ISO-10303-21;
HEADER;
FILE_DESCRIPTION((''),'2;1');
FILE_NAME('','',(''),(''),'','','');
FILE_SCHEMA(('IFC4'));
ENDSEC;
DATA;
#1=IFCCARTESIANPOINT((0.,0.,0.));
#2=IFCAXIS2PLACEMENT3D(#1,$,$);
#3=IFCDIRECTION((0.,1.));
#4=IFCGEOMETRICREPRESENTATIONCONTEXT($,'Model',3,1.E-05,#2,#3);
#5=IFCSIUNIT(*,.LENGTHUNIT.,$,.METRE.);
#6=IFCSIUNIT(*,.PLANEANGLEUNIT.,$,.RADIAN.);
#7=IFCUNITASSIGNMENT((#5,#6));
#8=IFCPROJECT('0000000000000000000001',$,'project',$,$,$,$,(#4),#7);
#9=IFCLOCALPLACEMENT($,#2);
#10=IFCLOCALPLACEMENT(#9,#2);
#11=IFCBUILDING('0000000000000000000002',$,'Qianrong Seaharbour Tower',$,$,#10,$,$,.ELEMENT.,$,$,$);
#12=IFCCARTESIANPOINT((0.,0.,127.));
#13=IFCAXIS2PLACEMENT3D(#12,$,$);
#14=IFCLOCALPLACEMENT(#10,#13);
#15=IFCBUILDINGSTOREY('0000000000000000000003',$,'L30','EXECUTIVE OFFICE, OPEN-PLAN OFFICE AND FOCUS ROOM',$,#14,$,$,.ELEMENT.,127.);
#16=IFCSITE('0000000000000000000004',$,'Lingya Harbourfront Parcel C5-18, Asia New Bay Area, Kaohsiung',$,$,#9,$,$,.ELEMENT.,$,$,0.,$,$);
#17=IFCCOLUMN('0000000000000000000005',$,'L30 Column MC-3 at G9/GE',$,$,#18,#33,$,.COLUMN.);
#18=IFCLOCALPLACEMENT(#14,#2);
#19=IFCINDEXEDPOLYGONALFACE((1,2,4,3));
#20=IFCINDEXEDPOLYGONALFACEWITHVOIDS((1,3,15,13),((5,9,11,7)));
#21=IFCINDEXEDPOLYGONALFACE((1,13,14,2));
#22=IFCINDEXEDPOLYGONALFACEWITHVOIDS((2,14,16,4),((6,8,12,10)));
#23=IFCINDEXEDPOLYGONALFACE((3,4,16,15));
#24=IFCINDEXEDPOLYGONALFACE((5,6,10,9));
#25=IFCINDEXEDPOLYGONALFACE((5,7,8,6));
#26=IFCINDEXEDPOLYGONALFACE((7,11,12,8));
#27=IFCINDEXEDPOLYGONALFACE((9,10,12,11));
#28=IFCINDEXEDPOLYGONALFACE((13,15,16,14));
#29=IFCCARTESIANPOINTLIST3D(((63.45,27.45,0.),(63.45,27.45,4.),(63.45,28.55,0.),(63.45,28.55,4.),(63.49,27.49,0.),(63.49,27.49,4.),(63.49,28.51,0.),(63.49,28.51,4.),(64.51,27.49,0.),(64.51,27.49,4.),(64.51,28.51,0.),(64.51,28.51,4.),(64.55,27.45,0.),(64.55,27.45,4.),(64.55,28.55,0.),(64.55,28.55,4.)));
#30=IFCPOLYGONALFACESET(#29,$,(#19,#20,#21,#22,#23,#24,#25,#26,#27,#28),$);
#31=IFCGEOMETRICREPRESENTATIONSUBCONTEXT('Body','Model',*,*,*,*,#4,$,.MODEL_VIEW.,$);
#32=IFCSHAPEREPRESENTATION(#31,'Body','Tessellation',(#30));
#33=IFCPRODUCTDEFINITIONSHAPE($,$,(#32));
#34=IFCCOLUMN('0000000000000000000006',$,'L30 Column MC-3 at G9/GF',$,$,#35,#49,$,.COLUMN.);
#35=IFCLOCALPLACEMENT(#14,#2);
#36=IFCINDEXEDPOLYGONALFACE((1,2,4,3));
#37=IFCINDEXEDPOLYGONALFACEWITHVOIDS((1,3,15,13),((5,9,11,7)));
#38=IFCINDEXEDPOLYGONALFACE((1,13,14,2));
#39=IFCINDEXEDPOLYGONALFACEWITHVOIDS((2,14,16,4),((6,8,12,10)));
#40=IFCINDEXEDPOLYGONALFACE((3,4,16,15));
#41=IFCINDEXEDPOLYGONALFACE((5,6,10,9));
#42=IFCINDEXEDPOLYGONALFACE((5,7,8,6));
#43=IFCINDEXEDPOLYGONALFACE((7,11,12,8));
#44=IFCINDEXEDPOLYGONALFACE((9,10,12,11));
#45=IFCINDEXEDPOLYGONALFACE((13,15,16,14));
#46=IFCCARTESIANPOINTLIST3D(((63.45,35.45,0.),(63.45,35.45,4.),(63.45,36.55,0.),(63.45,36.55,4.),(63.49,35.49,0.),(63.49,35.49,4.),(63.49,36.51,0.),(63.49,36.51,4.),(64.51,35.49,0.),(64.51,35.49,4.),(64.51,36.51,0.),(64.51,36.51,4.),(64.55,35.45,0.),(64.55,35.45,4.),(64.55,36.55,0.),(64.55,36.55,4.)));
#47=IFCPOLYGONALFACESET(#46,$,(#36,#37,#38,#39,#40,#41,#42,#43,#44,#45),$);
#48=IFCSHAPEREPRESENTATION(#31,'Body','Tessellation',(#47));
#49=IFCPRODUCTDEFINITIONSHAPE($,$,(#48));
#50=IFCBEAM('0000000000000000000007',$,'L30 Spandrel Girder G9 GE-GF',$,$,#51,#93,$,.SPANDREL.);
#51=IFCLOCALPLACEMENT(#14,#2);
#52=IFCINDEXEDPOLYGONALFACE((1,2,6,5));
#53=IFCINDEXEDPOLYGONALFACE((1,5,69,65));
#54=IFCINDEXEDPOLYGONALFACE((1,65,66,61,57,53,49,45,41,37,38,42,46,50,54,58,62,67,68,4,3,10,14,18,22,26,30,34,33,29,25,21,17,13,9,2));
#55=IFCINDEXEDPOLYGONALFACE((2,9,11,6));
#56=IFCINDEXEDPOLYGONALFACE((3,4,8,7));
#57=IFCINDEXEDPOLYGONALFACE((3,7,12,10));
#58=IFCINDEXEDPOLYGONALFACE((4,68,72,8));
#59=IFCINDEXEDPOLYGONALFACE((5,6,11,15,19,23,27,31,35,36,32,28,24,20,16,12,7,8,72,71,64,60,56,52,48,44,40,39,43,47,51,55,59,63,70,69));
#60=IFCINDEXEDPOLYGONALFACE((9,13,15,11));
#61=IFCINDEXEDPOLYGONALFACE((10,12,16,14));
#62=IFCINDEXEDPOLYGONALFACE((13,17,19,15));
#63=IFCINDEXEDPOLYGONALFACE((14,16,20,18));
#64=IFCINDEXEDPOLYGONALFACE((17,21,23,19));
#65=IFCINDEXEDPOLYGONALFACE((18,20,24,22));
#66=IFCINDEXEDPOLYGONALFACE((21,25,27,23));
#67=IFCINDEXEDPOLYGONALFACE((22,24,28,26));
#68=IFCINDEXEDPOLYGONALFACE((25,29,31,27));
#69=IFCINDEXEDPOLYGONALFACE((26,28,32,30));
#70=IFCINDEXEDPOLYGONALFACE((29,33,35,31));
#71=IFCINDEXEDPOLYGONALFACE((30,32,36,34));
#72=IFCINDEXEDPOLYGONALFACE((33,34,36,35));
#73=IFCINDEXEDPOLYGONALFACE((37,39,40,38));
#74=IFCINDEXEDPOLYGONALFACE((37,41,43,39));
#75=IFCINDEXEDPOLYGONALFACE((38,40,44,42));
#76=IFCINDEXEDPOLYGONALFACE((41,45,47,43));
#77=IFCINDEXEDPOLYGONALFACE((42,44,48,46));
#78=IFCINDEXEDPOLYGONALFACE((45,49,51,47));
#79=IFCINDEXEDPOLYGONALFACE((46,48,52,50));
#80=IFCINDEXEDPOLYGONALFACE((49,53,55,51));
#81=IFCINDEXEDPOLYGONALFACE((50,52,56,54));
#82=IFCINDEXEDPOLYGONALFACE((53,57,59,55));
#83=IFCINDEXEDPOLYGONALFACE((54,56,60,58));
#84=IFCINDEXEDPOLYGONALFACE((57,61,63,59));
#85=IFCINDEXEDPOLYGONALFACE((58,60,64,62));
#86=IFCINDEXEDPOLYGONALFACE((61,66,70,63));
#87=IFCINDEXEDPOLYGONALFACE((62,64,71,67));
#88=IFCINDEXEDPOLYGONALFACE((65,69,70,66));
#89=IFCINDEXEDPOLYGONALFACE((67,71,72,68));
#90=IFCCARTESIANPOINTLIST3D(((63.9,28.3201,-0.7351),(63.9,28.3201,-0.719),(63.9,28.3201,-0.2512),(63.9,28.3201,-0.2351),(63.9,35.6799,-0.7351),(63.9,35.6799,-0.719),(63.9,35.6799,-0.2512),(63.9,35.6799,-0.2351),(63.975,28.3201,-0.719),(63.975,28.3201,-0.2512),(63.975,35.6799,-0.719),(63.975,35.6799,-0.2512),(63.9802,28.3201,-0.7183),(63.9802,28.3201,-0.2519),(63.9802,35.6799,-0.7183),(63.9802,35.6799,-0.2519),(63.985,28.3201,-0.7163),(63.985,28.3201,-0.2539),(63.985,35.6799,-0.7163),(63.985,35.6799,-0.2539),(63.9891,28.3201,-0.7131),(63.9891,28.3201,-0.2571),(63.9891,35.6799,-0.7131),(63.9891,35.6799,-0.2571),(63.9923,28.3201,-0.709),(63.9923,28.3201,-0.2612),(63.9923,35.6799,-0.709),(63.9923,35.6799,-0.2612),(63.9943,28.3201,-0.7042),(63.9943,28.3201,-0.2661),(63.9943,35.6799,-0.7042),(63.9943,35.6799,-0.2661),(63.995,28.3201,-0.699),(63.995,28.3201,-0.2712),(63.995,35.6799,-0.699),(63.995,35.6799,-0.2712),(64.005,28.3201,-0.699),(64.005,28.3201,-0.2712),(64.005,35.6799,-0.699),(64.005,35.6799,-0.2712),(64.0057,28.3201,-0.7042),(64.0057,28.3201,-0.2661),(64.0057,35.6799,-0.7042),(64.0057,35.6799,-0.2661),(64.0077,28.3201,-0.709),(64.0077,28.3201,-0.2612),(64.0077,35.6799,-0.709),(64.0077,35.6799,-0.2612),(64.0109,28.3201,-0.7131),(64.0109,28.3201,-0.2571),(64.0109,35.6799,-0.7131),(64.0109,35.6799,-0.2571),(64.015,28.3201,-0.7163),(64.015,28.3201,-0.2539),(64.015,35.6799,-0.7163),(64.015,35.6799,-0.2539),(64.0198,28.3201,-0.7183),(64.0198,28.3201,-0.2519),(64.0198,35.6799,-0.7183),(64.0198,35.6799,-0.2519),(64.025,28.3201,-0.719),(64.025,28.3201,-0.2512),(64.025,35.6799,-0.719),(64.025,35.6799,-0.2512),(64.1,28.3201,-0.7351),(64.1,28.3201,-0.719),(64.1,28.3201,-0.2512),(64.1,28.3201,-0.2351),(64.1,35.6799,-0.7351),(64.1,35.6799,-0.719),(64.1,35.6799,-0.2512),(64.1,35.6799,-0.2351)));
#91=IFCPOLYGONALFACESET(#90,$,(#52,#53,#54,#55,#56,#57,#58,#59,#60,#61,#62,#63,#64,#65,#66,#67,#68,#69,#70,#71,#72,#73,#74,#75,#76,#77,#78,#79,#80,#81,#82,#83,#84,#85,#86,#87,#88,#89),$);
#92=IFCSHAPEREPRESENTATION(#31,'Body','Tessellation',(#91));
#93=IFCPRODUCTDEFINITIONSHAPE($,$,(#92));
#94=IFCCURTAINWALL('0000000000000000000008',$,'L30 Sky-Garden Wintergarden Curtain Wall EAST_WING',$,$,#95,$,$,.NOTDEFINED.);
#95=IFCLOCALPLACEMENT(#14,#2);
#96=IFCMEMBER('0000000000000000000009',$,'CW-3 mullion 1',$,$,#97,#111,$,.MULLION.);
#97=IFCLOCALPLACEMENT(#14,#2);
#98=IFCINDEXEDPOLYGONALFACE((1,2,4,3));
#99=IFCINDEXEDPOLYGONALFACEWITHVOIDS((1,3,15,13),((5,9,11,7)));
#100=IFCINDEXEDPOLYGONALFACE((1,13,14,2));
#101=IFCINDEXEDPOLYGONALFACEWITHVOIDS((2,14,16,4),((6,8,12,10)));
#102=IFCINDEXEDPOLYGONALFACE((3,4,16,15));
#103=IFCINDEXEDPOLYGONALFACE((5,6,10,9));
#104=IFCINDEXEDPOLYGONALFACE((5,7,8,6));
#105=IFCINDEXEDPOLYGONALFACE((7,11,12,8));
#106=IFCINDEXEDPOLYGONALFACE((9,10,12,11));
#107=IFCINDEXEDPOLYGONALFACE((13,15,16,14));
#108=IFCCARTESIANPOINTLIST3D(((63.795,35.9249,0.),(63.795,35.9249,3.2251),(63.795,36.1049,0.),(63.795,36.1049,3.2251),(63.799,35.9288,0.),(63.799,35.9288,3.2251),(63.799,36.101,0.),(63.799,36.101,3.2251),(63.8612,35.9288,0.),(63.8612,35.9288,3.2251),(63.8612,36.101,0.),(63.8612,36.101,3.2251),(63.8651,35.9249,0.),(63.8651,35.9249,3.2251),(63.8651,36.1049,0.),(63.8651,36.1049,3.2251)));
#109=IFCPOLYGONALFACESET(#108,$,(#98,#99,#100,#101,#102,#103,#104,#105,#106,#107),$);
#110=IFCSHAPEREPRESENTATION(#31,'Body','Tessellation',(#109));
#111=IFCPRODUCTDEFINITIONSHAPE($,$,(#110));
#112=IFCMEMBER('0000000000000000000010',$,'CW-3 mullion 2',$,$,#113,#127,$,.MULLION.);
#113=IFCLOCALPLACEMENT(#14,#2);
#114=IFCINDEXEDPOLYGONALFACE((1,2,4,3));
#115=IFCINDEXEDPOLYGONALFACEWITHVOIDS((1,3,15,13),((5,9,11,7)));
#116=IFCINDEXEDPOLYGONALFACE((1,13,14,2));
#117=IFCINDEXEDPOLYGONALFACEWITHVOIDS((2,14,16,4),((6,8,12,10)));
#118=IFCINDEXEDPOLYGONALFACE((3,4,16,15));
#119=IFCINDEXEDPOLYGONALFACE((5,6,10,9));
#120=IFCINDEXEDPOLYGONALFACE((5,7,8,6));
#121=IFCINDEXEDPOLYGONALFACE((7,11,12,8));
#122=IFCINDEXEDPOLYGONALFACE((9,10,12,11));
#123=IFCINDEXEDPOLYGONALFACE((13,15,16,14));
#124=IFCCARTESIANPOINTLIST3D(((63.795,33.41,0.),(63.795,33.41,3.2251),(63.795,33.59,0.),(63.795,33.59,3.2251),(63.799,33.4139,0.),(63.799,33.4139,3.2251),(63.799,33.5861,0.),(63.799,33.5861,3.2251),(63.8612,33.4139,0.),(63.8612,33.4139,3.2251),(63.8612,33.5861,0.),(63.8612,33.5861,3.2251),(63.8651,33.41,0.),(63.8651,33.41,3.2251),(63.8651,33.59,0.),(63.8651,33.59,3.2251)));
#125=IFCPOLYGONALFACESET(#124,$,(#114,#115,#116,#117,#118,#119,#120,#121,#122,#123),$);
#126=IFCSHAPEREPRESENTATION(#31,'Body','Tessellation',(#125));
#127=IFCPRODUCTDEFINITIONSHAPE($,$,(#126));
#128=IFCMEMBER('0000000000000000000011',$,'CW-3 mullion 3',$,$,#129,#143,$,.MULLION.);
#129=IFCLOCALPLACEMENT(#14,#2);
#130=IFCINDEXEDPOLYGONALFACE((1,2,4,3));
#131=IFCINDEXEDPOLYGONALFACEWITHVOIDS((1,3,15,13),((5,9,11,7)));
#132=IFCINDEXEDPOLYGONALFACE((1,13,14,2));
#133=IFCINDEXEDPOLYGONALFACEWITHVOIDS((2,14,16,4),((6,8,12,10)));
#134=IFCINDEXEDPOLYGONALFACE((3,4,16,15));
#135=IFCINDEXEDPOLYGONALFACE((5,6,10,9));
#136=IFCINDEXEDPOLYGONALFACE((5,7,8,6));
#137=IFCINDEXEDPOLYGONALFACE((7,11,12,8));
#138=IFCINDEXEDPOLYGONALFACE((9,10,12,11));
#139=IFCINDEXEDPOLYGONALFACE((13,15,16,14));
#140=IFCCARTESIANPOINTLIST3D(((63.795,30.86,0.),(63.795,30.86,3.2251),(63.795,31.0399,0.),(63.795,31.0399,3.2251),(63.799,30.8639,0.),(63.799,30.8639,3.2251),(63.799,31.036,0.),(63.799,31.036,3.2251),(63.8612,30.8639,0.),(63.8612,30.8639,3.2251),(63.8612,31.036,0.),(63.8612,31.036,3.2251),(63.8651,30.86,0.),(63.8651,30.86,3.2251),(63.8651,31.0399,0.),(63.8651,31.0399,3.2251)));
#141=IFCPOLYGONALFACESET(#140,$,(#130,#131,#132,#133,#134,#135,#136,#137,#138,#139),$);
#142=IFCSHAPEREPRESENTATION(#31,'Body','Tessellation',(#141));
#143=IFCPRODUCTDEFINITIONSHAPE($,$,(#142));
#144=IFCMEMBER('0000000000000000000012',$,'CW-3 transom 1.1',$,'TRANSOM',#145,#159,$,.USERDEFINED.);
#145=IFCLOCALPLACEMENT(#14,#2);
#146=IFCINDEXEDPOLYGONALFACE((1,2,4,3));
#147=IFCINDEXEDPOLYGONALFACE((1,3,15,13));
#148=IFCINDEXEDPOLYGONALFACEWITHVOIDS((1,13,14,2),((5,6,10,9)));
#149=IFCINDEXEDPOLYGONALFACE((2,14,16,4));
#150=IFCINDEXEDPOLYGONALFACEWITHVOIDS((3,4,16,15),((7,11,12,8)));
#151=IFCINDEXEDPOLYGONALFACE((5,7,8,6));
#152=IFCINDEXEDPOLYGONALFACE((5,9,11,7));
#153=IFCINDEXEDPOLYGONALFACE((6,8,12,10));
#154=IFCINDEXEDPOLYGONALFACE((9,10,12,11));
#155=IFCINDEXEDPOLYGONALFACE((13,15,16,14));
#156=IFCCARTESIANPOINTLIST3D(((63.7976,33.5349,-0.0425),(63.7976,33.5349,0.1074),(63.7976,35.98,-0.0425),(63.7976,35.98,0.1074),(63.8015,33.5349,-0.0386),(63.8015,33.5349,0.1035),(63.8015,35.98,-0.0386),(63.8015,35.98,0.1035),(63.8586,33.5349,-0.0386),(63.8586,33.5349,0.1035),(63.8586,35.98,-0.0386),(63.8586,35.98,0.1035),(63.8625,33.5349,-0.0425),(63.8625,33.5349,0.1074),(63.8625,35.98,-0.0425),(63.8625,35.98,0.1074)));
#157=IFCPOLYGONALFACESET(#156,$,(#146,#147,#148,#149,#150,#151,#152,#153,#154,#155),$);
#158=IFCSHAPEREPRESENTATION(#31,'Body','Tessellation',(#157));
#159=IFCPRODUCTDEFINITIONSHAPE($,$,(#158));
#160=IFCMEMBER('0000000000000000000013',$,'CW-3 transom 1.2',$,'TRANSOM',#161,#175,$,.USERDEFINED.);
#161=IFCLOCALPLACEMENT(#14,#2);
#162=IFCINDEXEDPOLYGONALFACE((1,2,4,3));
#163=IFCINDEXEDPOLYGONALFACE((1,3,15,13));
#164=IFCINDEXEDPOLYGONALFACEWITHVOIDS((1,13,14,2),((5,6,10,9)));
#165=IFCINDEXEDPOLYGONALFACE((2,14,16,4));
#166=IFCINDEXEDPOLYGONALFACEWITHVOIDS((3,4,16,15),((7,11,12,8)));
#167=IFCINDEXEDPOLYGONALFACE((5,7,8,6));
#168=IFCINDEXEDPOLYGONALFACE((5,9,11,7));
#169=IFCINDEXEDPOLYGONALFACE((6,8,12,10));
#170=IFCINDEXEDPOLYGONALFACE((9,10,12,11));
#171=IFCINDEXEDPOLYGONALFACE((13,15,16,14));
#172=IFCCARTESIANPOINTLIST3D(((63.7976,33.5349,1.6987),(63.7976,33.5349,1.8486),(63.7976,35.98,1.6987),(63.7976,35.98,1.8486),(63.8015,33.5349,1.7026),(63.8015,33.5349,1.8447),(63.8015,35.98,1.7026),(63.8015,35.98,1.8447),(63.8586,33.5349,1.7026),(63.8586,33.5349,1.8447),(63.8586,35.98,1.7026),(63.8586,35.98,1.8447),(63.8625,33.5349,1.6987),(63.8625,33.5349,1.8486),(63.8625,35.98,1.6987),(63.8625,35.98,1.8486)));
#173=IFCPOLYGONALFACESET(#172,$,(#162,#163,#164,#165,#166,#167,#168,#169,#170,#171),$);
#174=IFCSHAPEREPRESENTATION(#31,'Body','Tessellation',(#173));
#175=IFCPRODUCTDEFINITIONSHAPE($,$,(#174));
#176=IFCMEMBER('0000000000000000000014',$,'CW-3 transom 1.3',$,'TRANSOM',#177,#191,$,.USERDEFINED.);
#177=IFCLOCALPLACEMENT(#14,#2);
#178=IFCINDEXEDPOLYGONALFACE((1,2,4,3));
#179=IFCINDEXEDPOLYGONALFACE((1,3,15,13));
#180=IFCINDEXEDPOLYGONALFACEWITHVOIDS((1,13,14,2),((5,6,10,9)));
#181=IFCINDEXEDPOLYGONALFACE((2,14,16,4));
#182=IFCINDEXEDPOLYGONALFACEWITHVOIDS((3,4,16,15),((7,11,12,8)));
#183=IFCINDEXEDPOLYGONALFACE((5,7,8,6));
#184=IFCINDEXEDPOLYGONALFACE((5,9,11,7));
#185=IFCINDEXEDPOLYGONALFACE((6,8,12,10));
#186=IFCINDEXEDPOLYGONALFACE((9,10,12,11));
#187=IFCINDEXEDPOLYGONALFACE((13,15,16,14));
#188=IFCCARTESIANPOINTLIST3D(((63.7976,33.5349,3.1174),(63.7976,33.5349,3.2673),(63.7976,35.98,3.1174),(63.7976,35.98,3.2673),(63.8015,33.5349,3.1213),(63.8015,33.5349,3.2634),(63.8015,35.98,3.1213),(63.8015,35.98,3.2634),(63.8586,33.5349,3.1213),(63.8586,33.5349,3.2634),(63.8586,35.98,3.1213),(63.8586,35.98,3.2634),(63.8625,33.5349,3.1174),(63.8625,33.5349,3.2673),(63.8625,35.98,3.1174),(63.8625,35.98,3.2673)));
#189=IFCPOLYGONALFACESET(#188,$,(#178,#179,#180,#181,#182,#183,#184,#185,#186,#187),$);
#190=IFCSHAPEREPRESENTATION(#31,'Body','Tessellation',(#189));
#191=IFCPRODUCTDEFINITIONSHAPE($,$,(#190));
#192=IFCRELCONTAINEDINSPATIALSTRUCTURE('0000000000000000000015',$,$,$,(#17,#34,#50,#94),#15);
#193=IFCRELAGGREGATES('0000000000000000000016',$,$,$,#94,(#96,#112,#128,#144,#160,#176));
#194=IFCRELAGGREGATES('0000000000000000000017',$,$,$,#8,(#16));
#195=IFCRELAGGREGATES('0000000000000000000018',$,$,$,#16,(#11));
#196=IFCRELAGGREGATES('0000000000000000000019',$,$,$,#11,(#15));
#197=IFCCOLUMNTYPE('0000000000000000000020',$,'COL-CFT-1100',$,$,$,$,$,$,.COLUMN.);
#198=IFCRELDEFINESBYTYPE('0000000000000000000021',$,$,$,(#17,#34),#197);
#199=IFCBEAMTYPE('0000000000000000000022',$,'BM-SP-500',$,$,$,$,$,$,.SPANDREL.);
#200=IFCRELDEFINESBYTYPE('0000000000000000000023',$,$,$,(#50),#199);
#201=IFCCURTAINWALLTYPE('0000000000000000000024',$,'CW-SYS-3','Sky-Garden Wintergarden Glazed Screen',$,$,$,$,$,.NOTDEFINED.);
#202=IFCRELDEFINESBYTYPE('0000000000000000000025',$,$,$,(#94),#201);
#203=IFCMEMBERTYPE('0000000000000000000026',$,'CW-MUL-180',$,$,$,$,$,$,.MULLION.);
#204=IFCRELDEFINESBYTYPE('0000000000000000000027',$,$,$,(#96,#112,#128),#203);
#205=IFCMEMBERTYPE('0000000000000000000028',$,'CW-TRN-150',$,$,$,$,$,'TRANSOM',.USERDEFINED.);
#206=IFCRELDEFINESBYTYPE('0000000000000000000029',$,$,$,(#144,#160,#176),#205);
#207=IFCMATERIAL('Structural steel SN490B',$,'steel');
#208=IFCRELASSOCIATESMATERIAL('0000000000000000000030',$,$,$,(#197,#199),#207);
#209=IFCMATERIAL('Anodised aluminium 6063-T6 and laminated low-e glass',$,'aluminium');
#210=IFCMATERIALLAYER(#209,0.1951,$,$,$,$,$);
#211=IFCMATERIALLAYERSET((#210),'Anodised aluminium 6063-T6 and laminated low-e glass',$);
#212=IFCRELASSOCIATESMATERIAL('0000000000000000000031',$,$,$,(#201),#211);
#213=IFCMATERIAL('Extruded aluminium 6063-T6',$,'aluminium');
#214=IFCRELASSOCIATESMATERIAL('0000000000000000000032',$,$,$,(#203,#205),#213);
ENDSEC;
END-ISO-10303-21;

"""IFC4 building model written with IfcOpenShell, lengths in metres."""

from ifc_helpers import new_model, si_unit, direction, frame, origin, origin_2d, place, context, subcontext, project, spatial, hollow_rectangle, i_section, extrude, material, layer, layer_set, material_profile, profile_set, type_object, element, aggregate, save


model = new_model("IFC4")

# Units and contexts
model_context = context("Model", 3, precision=1e-05, world=origin(), true_north=direction((0.0, 1.0)))
body_context = subcontext(model_context, "Body", "Model", "MODEL_VIEW")
ifc_project = project(units=[si_unit("LENGTHUNIT", "METRE"), si_unit("PLANEANGLEUNIT", "RADIAN")], contexts=[model_context])

# Site, building, storey
site_placement = place(None, origin())
site = spatial("IfcSite", under=ifc_project, at=site_placement, Name="Lingya Harbourfront Parcel C5-18, Asia New Bay Area, Kaohsiung", CompositionType="ELEMENT", RefElevation=0.0)
building_placement = place(site_placement, origin())
building = spatial("IfcBuilding", under=site, at=building_placement, Name="Qianrong Seaharbour Tower", CompositionType="ELEMENT")
storey_placement = place(building_placement, frame((0.0, 0.0, 127.0)))
storey = spatial("IfcBuildingStorey", under=building, at=storey_placement, Name="L30", Description="EXECUTIVE OFFICE, OPEN-PLAN OFFICE AND FOCUS ROOM", CompositionType="ELEMENT", Elevation=127.0)

# Columns
ifc_material_1 = material(Name="Structural steel SN490B", Category="steel")
ifc_material_profile_1 = material_profile(ifc_material_1, hollow_rectangle(XDim=1.1001, YDim=1.1001, WallThickness=0.04, at=origin_2d()), Name="BOX1100x1100x40")
ifc_profile_set_1 = profile_set([ifc_material_profile_1], Name="Structural steel SN490B")
column_type = type_object("IfcColumnType", Name="COL-CFT-1100", PredefinedType="COLUMN", material=ifc_profile_set_1)
for number, where, z_axis, x_axis, name in (
    (1, (64.0, 28.0, 0.0), (0.0, 0.0, 1.0), (1.0, 0.0, 0.0), "L30 Column MC-3 at G9/GE"),
    (2, (64.0, 36.0, 0.0), (0.0, 0.0, 1.0), (1.0, 0.0, 0.0), "L30 Column MC-3 at G9/GF"),
):
    element("IfcColumn", number, at=place(storey_placement, frame(where, z_axis=z_axis, x_axis=x_axis)), inside=storey, type_object=column_type, Name=name, PredefinedType="COLUMN", context=body_context, shape_type="SweptSolid", body=[
        extrude(hollow_rectangle(XDim=1.1001, YDim=1.1001, WallThickness=0.04, at=origin_2d()), origin(), (0.0, 0.0, 1.0), 4.0),
    ])

# Beam
ifc_material_profile_2 = material_profile(ifc_material_1, i_section(OverallWidth=0.2, OverallDepth=0.5, WebThickness=0.01, FlangeThickness=0.0161, FilletRadius=0.02, at=origin_2d()), Name="H500x200x10x16")
ifc_profile_set_2 = profile_set([ifc_material_profile_2], Name="Structural steel SN490B")
beam_type = type_object("IfcBeamType", Name="BM-SP-500", PredefinedType="SPANDREL", material=ifc_profile_set_2)
beam_placement = place(storey_placement, frame((64.0, 28.3201, -0.4851), z_axis=(0.0, 1.0, 0.0), x_axis=(-1.0, 0.0, 0.0)))
element("IfcBeam", 3, at=beam_placement, inside=storey, type_object=beam_type, Name="L30 Spandrel Girder G9 GE-GF", PredefinedType="SPANDREL", context=body_context, shape_type="SweptSolid", body=[
    extrude(i_section(OverallWidth=0.2, OverallDepth=0.5, WebThickness=0.01, FlangeThickness=0.0161, FilletRadius=0.02, at=origin_2d()), origin(), (0.0, 0.0, 1.0), 7.3599),
])

# Curtain wall, members
ifc_material_2 = material(Name="Anodised aluminium 6063-T6 and laminated low-e glass", Category="aluminium")
ifc_layer_1 = layer(ifc_material_2, 0.1951)
ifc_layer_set_1 = layer_set([ifc_layer_1], Name="Anodised aluminium 6063-T6 and laminated low-e glass")
curtain_wall_type = type_object("IfcCurtainWallType", Name="CW-SYS-3", Description="Sky-Garden Wintergarden Glazed Screen", PredefinedType="NOTDEFINED", material=ifc_layer_set_1)
curtain_wall_placement = place(storey_placement, origin())
curtain_wall = element("IfcCurtainWall", 4, at=curtain_wall_placement, inside=storey, type_object=curtain_wall_type, Name="L30 Sky-Garden Wintergarden Curtain Wall EAST_WING", PredefinedType="NOTDEFINED")
ifc_material_3 = material(Name="Extruded aluminium 6063-T6", Category="aluminium")
ifc_material_profile_3 = material_profile(ifc_material_3, hollow_rectangle(XDim=0.0701, YDim=0.1799, WallThickness=0.0039, at=origin_2d()), Name="ALU-MUL-180x70x4")
ifc_profile_set_3 = profile_set([ifc_material_profile_3], Name="Extruded aluminium 6063-T6")
member_type_1 = type_object("IfcMemberType", Name="CW-MUL-180", PredefinedType="MULLION", material=ifc_profile_set_3)
member_1_placement = place(storey_placement, frame((63.8301, 36.0149, 0.0), z_axis=(0.0, 0.0, 1.0), x_axis=(1.0, 0.0, 0.0)))
member_1 = element("IfcMember", 5, at=member_1_placement, type_object=member_type_1, Name="CW-3 mullion 1", PredefinedType="MULLION", context=body_context, shape_type="SweptSolid", body=[
    extrude(hollow_rectangle(XDim=0.0701, YDim=0.1799, WallThickness=0.0039, at=origin_2d()), origin(), (0.0, 0.0, 1.0), 3.2251),
])
member_2_placement = place(storey_placement, frame((63.8301, 33.5, 0.0), z_axis=(0.0, 0.0, 1.0), x_axis=(1.0, 0.0, 0.0)))
member_2 = element("IfcMember", 6, at=member_2_placement, type_object=member_type_1, Name="CW-3 mullion 2", PredefinedType="MULLION", context=body_context, shape_type="SweptSolid", body=[
    extrude(hollow_rectangle(XDim=0.0701, YDim=0.1799, WallThickness=0.0039, at=origin_2d()), origin(), (0.0, 0.0, 1.0), 3.2251),
])
member_3_placement = place(storey_placement, frame((63.8301, 30.95, 0.0), z_axis=(0.0, 0.0, 1.0), x_axis=(1.0, 0.0, 0.0)))
member_3 = element("IfcMember", 7, at=member_3_placement, type_object=member_type_1, Name="CW-3 mullion 3", PredefinedType="MULLION", context=body_context, shape_type="SweptSolid", body=[
    extrude(hollow_rectangle(XDim=0.0701, YDim=0.1799, WallThickness=0.0039, at=origin_2d()), origin(), (0.0, 0.0, 1.0), 3.2251),
])
ifc_material_profile_4 = material_profile(ifc_material_3, hollow_rectangle(XDim=0.0649, YDim=0.1499, WallThickness=0.0039, at=origin_2d()), Name="ALU-TRN-150x65x4")
ifc_profile_set_4 = profile_set([ifc_material_profile_4], Name="Extruded aluminium 6063-T6")
member_type_2 = type_object("IfcMemberType", Name="CW-TRN-150", ElementType="TRANSOM", PredefinedType="USERDEFINED", material=ifc_profile_set_4)
member_4_placement = place(storey_placement, frame((63.8301, 35.98, 0.0325), z_axis=(0.0, -1.0, 0.0), x_axis=(1.0, 0.0, 0.0)))
member_4 = element("IfcMember", 8, at=member_4_placement, type_object=member_type_2, Name="CW-3 transom 1.1", ObjectType="TRANSOM", PredefinedType="USERDEFINED", context=body_context, shape_type="SweptSolid", body=[
    extrude(hollow_rectangle(XDim=0.0649, YDim=0.1499, WallThickness=0.0039, at=origin_2d()), origin(), (0.0, 0.0, 1.0), 2.4451),
])
member_5_placement = place(storey_placement, frame((63.8301, 35.98, 1.7737), z_axis=(0.0, -1.0, 0.0), x_axis=(1.0, 0.0, 0.0)))
member_5 = element("IfcMember", 9, at=member_5_placement, type_object=member_type_2, Name="CW-3 transom 1.2", ObjectType="TRANSOM", PredefinedType="USERDEFINED", context=body_context, shape_type="SweptSolid", body=[
    extrude(hollow_rectangle(XDim=0.0649, YDim=0.1499, WallThickness=0.0039, at=origin_2d()), origin(), (0.0, 0.0, 1.0), 2.4451),
])
member_6_placement = place(storey_placement, frame((63.8301, 35.98, 3.1924), z_axis=(0.0, -1.0, 0.0), x_axis=(1.0, 0.0, 0.0)))
member_6 = element("IfcMember", 10, at=member_6_placement, type_object=member_type_2, Name="CW-3 transom 1.3", ObjectType="TRANSOM", PredefinedType="USERDEFINED", context=body_context, shape_type="SweptSolid", body=[
    extrude(hollow_rectangle(XDim=0.0649, YDim=0.1499, WallThickness=0.0039, at=origin_2d()), origin(), (0.0, 0.0, 1.0), 2.4451),
])
aggregate(curtain_wall, [member_1, member_2, member_3, member_4, member_5, member_6])

save(model, "model.ifc")
